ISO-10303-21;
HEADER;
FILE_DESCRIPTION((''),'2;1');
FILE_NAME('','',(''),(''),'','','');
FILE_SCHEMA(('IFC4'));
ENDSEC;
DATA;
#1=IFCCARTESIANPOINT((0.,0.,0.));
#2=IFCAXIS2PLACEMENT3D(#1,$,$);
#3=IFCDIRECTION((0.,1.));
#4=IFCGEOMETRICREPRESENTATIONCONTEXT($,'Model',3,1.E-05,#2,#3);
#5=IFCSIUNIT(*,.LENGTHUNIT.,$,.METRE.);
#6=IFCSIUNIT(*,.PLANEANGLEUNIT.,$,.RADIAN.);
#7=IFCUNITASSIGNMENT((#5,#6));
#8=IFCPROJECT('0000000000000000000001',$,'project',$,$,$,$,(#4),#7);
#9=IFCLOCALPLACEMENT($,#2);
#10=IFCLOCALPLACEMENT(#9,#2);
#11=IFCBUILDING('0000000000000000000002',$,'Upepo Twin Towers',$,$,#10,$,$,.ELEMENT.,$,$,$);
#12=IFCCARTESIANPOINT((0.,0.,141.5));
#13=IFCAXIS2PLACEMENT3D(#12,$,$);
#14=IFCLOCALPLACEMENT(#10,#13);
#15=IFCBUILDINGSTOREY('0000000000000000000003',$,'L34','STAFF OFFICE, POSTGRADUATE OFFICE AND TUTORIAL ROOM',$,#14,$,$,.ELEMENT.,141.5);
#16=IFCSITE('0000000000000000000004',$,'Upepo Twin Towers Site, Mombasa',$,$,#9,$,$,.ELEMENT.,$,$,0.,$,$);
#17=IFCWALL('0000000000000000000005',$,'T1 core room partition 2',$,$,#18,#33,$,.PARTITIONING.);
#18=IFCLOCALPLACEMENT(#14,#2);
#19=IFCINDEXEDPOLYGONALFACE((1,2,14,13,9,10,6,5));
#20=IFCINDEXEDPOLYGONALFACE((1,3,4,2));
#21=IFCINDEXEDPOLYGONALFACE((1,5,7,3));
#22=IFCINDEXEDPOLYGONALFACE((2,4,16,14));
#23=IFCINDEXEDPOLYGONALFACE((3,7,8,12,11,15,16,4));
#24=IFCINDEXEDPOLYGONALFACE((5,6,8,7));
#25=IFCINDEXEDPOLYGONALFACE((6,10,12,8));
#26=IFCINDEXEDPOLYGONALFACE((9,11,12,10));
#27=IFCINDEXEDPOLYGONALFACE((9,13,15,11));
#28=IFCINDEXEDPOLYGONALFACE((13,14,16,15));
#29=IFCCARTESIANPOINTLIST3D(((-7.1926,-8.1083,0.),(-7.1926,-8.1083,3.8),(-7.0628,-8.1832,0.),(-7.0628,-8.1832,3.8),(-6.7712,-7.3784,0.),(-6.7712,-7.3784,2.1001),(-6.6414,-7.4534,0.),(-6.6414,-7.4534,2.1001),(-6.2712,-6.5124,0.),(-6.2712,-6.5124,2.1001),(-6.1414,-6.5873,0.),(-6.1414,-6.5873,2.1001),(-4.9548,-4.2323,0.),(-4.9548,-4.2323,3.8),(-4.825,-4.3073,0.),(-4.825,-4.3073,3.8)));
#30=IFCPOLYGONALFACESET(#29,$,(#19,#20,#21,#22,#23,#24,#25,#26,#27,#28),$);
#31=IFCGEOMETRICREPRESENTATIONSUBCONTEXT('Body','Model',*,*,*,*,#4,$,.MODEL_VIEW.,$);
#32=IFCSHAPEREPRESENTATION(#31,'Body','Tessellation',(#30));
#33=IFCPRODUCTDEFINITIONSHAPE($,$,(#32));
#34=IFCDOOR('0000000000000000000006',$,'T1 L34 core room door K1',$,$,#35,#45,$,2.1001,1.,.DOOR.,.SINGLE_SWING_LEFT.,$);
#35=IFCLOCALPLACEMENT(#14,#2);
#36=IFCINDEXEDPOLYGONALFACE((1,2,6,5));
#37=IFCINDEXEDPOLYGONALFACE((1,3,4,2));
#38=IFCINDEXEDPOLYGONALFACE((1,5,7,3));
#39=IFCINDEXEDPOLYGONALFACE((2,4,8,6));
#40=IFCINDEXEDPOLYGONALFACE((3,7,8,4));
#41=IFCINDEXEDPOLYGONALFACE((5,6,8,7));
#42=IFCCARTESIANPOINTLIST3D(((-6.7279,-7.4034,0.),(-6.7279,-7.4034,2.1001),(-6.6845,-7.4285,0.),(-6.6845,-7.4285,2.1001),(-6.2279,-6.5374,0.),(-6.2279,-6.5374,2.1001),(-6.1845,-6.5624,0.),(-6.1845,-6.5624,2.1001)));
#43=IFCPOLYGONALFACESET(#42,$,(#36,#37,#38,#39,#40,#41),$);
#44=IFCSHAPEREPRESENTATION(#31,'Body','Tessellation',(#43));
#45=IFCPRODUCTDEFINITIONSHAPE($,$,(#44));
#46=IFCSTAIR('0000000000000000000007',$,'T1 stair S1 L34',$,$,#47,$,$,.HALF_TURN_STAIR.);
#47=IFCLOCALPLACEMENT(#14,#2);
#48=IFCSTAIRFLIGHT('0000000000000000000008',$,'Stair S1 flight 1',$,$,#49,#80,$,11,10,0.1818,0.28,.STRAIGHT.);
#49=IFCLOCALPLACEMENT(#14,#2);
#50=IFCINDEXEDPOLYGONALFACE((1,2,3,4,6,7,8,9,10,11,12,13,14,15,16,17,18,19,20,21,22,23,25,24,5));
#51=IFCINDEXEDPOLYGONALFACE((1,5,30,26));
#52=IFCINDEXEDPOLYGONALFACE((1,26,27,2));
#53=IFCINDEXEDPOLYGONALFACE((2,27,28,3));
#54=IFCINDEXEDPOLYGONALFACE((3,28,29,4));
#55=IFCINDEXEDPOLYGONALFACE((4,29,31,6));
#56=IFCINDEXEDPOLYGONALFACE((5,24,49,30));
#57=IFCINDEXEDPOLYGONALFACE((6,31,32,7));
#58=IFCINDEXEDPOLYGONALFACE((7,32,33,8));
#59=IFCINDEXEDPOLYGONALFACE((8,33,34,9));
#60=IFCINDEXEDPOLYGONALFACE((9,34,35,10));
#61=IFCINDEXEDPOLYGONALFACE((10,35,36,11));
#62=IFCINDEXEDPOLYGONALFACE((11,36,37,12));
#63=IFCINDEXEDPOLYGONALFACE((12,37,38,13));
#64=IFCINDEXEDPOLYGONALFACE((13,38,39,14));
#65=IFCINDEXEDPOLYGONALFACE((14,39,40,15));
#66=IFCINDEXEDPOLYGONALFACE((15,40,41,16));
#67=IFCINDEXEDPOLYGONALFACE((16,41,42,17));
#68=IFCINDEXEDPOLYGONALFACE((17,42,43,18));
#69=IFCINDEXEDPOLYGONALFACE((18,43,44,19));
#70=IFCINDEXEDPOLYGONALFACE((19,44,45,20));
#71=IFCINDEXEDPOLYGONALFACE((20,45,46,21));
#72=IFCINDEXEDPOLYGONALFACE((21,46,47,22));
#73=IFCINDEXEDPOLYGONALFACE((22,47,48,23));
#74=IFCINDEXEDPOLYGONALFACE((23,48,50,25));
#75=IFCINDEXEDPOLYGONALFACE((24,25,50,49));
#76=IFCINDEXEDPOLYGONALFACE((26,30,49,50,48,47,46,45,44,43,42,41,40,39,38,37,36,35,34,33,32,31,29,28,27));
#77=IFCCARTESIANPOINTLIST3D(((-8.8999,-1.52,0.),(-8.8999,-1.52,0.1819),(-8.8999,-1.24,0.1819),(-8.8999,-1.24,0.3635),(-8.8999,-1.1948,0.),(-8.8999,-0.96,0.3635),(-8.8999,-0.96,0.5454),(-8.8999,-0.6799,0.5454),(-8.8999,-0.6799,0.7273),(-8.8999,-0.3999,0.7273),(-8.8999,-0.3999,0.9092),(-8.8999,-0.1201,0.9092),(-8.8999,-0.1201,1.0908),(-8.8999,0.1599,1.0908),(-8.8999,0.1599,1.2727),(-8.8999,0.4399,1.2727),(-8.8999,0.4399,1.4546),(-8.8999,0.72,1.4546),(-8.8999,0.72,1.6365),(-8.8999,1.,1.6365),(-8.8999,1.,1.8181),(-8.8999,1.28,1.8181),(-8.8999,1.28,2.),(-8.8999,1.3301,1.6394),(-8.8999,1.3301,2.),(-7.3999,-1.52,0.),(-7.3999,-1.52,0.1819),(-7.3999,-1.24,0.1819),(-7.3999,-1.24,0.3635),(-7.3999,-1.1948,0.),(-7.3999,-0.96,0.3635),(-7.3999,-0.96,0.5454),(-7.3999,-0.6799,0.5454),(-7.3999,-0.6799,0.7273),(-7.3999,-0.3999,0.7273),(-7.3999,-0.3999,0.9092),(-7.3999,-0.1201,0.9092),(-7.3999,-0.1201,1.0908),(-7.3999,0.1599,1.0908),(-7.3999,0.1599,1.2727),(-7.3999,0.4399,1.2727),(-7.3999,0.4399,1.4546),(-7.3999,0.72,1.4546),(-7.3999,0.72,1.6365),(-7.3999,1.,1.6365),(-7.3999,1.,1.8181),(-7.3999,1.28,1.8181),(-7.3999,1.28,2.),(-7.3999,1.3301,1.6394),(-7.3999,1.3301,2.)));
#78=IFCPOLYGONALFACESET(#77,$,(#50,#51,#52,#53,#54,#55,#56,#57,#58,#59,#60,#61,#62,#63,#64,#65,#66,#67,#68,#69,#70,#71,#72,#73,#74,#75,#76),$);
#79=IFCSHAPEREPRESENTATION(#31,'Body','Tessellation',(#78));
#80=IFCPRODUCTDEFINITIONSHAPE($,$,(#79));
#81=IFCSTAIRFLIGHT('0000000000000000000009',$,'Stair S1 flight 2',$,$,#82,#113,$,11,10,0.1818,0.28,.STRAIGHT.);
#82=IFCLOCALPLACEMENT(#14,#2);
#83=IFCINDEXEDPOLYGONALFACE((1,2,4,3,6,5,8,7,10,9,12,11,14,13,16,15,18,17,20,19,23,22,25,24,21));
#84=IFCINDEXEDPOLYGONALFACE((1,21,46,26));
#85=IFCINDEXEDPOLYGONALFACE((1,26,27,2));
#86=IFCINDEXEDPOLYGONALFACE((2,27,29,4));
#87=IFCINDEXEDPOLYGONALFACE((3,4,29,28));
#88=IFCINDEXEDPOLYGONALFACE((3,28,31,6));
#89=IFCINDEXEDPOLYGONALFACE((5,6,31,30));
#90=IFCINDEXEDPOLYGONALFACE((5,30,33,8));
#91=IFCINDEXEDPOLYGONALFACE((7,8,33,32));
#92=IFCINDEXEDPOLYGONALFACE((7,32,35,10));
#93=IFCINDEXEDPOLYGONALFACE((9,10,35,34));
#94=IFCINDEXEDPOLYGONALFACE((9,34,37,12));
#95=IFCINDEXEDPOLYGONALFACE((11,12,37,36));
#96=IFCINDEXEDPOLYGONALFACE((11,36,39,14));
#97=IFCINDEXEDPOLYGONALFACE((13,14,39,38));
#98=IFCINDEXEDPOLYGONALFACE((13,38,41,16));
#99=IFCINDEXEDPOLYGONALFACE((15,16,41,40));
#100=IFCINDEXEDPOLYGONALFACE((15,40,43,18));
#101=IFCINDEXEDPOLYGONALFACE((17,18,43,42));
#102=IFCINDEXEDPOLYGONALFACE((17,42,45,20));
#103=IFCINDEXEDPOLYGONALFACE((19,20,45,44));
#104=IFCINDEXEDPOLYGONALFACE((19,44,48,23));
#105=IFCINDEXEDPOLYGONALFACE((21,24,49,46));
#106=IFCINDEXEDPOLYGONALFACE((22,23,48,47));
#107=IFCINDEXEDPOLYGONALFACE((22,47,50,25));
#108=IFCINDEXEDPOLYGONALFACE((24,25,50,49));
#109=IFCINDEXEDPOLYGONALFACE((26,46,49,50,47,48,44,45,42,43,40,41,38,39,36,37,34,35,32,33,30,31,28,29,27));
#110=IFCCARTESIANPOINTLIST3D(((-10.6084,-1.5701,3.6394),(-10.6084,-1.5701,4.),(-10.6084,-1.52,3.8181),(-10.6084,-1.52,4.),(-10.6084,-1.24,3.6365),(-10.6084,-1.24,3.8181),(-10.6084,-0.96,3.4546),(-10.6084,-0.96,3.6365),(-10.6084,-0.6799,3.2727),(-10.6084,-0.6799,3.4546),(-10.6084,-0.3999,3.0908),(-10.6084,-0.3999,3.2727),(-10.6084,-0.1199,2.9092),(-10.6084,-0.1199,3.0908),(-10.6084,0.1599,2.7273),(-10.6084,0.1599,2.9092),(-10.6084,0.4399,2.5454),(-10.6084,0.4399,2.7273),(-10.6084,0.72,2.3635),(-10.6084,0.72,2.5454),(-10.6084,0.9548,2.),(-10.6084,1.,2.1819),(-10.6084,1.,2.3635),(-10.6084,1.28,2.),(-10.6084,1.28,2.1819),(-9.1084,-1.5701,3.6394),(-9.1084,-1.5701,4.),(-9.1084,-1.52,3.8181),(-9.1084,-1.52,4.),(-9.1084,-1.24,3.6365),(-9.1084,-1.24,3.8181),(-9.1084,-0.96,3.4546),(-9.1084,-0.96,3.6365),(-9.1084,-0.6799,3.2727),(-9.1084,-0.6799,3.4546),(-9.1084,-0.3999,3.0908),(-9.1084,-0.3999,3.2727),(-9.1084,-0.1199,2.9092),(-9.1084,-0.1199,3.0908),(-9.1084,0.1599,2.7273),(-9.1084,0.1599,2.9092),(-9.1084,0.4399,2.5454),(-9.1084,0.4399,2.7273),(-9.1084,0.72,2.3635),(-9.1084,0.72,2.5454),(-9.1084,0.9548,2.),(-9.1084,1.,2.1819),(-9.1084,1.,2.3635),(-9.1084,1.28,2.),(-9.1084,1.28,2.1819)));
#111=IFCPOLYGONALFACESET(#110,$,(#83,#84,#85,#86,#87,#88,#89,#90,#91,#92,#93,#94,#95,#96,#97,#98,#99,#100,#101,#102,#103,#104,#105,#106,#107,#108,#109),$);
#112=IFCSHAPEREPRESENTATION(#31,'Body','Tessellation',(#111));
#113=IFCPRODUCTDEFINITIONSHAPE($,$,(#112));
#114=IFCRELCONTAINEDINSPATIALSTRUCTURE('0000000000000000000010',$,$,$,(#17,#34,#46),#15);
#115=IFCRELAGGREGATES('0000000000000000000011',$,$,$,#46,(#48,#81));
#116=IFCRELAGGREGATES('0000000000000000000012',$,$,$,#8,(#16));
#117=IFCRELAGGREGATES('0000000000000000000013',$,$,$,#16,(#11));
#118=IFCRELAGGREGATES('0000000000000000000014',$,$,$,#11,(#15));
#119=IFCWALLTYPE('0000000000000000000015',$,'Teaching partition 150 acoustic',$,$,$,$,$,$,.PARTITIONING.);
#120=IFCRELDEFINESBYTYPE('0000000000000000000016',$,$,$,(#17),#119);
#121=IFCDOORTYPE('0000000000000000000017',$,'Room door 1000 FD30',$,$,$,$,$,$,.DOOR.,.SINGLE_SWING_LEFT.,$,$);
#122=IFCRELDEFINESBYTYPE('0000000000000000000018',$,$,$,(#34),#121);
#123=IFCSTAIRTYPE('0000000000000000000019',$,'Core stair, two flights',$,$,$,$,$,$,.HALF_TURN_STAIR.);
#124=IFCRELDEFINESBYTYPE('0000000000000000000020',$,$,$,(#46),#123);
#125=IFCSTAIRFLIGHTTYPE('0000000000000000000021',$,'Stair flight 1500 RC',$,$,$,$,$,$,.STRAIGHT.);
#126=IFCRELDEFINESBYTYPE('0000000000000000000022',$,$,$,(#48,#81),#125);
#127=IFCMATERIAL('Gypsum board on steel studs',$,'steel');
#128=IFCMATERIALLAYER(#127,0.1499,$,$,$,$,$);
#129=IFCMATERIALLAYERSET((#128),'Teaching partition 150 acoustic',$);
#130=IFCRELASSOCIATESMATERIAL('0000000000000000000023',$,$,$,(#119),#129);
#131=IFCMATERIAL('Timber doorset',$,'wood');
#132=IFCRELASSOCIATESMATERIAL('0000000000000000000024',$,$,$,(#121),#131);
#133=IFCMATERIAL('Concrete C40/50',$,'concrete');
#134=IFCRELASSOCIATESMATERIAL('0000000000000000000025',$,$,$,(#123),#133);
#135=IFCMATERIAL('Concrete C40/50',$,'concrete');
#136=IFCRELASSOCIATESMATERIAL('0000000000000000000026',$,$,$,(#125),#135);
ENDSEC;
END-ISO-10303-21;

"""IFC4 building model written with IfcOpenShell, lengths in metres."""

from ifc_helpers import new_model, si_unit, direction, frame, frame_2d, origin, place, context, subcontext, project, spatial, polyline, rectangle, outline, extrude, material, layer, layer_set, type_object, element, fill, aggregate, save


model = new_model("IFC4")

# Units and contexts
model_context = context("Model", 3, precision=1e-05, world=origin(), true_north=direction((0.0, 1.0)))
body_context = subcontext(model_context, "Body", "Model", "MODEL_VIEW")
ifc_project = project(units=[si_unit("LENGTHUNIT", "METRE"), si_unit("PLANEANGLEUNIT", "RADIAN")], contexts=[model_context])

# Site, building, storey
site_placement = place(None, origin())
site = spatial("IfcSite", under=ifc_project, at=site_placement, Name="Upepo Twin Towers Site, Mombasa", CompositionType="ELEMENT", RefElevation=0.0)
building_placement = place(site_placement, origin())
building = spatial("IfcBuilding", under=site, at=building_placement, Name="Upepo Twin Towers", CompositionType="ELEMENT")
storey_placement = place(building_placement, frame((0.0, 0.0, 141.5)))
storey = spatial("IfcBuildingStorey", under=building, at=storey_placement, Name="L34", Description="STAFF OFFICE, POSTGRADUATE OFFICE AND TUTORIAL ROOM", CompositionType="ELEMENT", Elevation=141.5)

# Wall, opening, door
ifc_material_1 = material(Name="Gypsum board on steel studs", Category="steel")
ifc_layer_1 = layer(ifc_material_1, 0.1499)
ifc_layer_set_1 = layer_set([ifc_layer_1], Name="Teaching partition 150 acoustic")
wall_type_1 = type_object("IfcWallType", Name="Teaching partition 150 acoustic", PredefinedType="PARTITIONING", material=ifc_layer_set_1)
ifc_material_2 = material(Name="Timber doorset", Category="wood")
door_type_1 = type_object("IfcDoorType", Name="Room door 1000 FD30", OperationType="SINGLE_SWING_LEFT", PredefinedType="DOOR", material=ifc_material_2)
wall_1_placement = place(storey_placement, frame((-7.1277, -8.1458, 0.0), z_axis=(0.0, 0.0, 1.0), x_axis=(0.499999, 0.866026, 0.0)))
wall_1 = element("IfcWall", 1, at=wall_1_placement, inside=storey, type_object=wall_type_1, Name="T1 core room partition 2", PredefinedType="PARTITIONING", context=body_context, shape_type="SweptSolid", body=[
    extrude(rectangle(XDim=4.4756, YDim=0.1499, at=frame_2d((2.2378, 0.0))), origin(), (0.0, 0.0, 1.0), 3.8),
])
opening_1_placement = place(wall_1_placement, frame((0.8428, 0.0, 0.0)))
opening_1 = element("IfcOpeningElement", 2, at=opening_1_placement, cuts=wall_1, PredefinedType="OPENING", context=body_context, shape_type="SweptSolid", body=[
    extrude(rectangle(XDim=1.0, YDim=2.1001, at=frame_2d((0.5, 1.05))), frame((0.0, 0.085, 0.0), z_axis=(0.0, -1.0, 0.0), x_axis=(1.0, 0.0, 0.0)), (0.0, 0.0, 1.0), 0.1699),
])
door_1_placement = place(opening_1_placement, origin())
door_1 = element("IfcDoor", 3, at=door_1_placement, inside=storey, type_object=door_type_1, Name="T1 L34 core room door K1", OperationType="SINGLE_SWING_LEFT", OverallHeight=2.1001, OverallWidth=1.0, PredefinedType="DOOR", context=body_context, shape_type="SweptSolid", body=[
    extrude(rectangle(XDim=1.0, YDim=2.1001, at=frame_2d((0.5, 1.05))), frame((0.0, 0.0249, 0.0), z_axis=(0.0, -1.0, 0.0), x_axis=(1.0, 0.0, 0.0)), (0.0, 0.0, 1.0), 0.05),
])
fill(opening_1, door_1)

# Stair, stair flights
ifc_material_3 = material(Name="Concrete C40/50", Category="concrete")
stair_type = type_object("IfcStairType", Name="Core stair, two flights", PredefinedType="HALF_TURN_STAIR", material=ifc_material_3)
stair_placement = place(storey_placement, origin())
stair = element("IfcStair", 4, at=stair_placement, inside=storey, type_object=stair_type, Name="T1 stair S1 L34", PredefinedType="HALF_TURN_STAIR")
ifc_material_4 = material(Name="Concrete C40/50", Category="concrete")
stair_flight_type = type_object("IfcStairFlightType", Name="Stair flight 1500 RC", PredefinedType="STRAIGHT", material=ifc_material_4)
stair_flight_1_placement = place(storey_placement, frame((-8.1499, -1.52, 0.0), z_axis=(0.0, 0.0, 1.0), x_axis=(0.0, 1.0, 0.0)))
stair_flight_1 = element("IfcStairFlight", 5, at=stair_flight_1_placement, type_object=stair_flight_type, Name="Stair S1 flight 1", NumberOfRisers=11, NumberOfTreads=10, PredefinedType="STRAIGHT", RiserHeight=0.1818, TreadLength=0.28, context=body_context, shape_type="SweptSolid", body=[
    extrude(outline(polyline([(0.0, 0.0), (0.0, 0.1819), (0.28, 0.1819), (0.28, 0.3635), (0.5601, 0.3635), (0.5601, 0.5454), (0.8401, 0.5454), (0.8401, 0.7273), (1.1201, 0.7273), (1.1201, 0.9092), (1.3999, 0.9092), (1.3999, 1.0908), (1.6799, 1.0908), (1.6799, 1.2727), (1.96, 1.2727), (1.96, 1.4546), (2.24, 1.4546), (2.24, 1.6365), (2.52, 1.6365), (2.52, 1.8181), (2.8, 1.8181), (2.8, 2.0), (2.8501, 2.0), (2.8501, 1.6394), (0.3252, 0.0), (0.0, 0.0)])), frame((0.0, 0.75, 0.0), z_axis=(0.0, -1.0, 0.0), x_axis=(1.0, 0.0, 0.0)), (0.0, 0.0, 1.0), 1.5),
])
stair_flight_2_placement = place(storey_placement, frame((-9.8584, 1.28, 2.0), z_axis=(0.0, 0.0, 1.0), x_axis=(0.0, -1.0, 0.0)))
stair_flight_2 = element("IfcStairFlight", 6, at=stair_flight_2_placement, type_object=stair_flight_type, Name="Stair S1 flight 2", NumberOfRisers=11, NumberOfTreads=10, PredefinedType="STRAIGHT", RiserHeight=0.1818, TreadLength=0.28, context=body_context, shape_type="SweptSolid", body=[
    extrude(outline(polyline([(0.0, 0.0), (0.0, 0.1819), (0.28, 0.1819), (0.28, 0.3635), (0.5601, 0.3635), (0.5601, 0.5454), (0.8401, 0.5454), (0.8401, 0.7273), (1.1201, 0.7273), (1.1201, 0.9092), (1.3999, 0.9092), (1.3999, 1.0908), (1.6799, 1.0908), (1.6799, 1.2727), (1.96, 1.2727), (1.96, 1.4546), (2.24, 1.4546), (2.24, 1.6365), (2.52, 1.6365), (2.52, 1.8181), (2.8, 1.8181), (2.8, 2.0), (2.8501, 2.0), (2.8501, 1.6394), (0.3252, 0.0), (0.0, 0.0)])), frame((0.0, 0.75, 0.0), z_axis=(0.0, -1.0, 0.0), x_axis=(1.0, 0.0, 0.0)), (0.0, 0.0, 1.0), 1.5),
])
aggregate(stair, [stair_flight_1, stair_flight_2])

save(model, "model.ifc")
